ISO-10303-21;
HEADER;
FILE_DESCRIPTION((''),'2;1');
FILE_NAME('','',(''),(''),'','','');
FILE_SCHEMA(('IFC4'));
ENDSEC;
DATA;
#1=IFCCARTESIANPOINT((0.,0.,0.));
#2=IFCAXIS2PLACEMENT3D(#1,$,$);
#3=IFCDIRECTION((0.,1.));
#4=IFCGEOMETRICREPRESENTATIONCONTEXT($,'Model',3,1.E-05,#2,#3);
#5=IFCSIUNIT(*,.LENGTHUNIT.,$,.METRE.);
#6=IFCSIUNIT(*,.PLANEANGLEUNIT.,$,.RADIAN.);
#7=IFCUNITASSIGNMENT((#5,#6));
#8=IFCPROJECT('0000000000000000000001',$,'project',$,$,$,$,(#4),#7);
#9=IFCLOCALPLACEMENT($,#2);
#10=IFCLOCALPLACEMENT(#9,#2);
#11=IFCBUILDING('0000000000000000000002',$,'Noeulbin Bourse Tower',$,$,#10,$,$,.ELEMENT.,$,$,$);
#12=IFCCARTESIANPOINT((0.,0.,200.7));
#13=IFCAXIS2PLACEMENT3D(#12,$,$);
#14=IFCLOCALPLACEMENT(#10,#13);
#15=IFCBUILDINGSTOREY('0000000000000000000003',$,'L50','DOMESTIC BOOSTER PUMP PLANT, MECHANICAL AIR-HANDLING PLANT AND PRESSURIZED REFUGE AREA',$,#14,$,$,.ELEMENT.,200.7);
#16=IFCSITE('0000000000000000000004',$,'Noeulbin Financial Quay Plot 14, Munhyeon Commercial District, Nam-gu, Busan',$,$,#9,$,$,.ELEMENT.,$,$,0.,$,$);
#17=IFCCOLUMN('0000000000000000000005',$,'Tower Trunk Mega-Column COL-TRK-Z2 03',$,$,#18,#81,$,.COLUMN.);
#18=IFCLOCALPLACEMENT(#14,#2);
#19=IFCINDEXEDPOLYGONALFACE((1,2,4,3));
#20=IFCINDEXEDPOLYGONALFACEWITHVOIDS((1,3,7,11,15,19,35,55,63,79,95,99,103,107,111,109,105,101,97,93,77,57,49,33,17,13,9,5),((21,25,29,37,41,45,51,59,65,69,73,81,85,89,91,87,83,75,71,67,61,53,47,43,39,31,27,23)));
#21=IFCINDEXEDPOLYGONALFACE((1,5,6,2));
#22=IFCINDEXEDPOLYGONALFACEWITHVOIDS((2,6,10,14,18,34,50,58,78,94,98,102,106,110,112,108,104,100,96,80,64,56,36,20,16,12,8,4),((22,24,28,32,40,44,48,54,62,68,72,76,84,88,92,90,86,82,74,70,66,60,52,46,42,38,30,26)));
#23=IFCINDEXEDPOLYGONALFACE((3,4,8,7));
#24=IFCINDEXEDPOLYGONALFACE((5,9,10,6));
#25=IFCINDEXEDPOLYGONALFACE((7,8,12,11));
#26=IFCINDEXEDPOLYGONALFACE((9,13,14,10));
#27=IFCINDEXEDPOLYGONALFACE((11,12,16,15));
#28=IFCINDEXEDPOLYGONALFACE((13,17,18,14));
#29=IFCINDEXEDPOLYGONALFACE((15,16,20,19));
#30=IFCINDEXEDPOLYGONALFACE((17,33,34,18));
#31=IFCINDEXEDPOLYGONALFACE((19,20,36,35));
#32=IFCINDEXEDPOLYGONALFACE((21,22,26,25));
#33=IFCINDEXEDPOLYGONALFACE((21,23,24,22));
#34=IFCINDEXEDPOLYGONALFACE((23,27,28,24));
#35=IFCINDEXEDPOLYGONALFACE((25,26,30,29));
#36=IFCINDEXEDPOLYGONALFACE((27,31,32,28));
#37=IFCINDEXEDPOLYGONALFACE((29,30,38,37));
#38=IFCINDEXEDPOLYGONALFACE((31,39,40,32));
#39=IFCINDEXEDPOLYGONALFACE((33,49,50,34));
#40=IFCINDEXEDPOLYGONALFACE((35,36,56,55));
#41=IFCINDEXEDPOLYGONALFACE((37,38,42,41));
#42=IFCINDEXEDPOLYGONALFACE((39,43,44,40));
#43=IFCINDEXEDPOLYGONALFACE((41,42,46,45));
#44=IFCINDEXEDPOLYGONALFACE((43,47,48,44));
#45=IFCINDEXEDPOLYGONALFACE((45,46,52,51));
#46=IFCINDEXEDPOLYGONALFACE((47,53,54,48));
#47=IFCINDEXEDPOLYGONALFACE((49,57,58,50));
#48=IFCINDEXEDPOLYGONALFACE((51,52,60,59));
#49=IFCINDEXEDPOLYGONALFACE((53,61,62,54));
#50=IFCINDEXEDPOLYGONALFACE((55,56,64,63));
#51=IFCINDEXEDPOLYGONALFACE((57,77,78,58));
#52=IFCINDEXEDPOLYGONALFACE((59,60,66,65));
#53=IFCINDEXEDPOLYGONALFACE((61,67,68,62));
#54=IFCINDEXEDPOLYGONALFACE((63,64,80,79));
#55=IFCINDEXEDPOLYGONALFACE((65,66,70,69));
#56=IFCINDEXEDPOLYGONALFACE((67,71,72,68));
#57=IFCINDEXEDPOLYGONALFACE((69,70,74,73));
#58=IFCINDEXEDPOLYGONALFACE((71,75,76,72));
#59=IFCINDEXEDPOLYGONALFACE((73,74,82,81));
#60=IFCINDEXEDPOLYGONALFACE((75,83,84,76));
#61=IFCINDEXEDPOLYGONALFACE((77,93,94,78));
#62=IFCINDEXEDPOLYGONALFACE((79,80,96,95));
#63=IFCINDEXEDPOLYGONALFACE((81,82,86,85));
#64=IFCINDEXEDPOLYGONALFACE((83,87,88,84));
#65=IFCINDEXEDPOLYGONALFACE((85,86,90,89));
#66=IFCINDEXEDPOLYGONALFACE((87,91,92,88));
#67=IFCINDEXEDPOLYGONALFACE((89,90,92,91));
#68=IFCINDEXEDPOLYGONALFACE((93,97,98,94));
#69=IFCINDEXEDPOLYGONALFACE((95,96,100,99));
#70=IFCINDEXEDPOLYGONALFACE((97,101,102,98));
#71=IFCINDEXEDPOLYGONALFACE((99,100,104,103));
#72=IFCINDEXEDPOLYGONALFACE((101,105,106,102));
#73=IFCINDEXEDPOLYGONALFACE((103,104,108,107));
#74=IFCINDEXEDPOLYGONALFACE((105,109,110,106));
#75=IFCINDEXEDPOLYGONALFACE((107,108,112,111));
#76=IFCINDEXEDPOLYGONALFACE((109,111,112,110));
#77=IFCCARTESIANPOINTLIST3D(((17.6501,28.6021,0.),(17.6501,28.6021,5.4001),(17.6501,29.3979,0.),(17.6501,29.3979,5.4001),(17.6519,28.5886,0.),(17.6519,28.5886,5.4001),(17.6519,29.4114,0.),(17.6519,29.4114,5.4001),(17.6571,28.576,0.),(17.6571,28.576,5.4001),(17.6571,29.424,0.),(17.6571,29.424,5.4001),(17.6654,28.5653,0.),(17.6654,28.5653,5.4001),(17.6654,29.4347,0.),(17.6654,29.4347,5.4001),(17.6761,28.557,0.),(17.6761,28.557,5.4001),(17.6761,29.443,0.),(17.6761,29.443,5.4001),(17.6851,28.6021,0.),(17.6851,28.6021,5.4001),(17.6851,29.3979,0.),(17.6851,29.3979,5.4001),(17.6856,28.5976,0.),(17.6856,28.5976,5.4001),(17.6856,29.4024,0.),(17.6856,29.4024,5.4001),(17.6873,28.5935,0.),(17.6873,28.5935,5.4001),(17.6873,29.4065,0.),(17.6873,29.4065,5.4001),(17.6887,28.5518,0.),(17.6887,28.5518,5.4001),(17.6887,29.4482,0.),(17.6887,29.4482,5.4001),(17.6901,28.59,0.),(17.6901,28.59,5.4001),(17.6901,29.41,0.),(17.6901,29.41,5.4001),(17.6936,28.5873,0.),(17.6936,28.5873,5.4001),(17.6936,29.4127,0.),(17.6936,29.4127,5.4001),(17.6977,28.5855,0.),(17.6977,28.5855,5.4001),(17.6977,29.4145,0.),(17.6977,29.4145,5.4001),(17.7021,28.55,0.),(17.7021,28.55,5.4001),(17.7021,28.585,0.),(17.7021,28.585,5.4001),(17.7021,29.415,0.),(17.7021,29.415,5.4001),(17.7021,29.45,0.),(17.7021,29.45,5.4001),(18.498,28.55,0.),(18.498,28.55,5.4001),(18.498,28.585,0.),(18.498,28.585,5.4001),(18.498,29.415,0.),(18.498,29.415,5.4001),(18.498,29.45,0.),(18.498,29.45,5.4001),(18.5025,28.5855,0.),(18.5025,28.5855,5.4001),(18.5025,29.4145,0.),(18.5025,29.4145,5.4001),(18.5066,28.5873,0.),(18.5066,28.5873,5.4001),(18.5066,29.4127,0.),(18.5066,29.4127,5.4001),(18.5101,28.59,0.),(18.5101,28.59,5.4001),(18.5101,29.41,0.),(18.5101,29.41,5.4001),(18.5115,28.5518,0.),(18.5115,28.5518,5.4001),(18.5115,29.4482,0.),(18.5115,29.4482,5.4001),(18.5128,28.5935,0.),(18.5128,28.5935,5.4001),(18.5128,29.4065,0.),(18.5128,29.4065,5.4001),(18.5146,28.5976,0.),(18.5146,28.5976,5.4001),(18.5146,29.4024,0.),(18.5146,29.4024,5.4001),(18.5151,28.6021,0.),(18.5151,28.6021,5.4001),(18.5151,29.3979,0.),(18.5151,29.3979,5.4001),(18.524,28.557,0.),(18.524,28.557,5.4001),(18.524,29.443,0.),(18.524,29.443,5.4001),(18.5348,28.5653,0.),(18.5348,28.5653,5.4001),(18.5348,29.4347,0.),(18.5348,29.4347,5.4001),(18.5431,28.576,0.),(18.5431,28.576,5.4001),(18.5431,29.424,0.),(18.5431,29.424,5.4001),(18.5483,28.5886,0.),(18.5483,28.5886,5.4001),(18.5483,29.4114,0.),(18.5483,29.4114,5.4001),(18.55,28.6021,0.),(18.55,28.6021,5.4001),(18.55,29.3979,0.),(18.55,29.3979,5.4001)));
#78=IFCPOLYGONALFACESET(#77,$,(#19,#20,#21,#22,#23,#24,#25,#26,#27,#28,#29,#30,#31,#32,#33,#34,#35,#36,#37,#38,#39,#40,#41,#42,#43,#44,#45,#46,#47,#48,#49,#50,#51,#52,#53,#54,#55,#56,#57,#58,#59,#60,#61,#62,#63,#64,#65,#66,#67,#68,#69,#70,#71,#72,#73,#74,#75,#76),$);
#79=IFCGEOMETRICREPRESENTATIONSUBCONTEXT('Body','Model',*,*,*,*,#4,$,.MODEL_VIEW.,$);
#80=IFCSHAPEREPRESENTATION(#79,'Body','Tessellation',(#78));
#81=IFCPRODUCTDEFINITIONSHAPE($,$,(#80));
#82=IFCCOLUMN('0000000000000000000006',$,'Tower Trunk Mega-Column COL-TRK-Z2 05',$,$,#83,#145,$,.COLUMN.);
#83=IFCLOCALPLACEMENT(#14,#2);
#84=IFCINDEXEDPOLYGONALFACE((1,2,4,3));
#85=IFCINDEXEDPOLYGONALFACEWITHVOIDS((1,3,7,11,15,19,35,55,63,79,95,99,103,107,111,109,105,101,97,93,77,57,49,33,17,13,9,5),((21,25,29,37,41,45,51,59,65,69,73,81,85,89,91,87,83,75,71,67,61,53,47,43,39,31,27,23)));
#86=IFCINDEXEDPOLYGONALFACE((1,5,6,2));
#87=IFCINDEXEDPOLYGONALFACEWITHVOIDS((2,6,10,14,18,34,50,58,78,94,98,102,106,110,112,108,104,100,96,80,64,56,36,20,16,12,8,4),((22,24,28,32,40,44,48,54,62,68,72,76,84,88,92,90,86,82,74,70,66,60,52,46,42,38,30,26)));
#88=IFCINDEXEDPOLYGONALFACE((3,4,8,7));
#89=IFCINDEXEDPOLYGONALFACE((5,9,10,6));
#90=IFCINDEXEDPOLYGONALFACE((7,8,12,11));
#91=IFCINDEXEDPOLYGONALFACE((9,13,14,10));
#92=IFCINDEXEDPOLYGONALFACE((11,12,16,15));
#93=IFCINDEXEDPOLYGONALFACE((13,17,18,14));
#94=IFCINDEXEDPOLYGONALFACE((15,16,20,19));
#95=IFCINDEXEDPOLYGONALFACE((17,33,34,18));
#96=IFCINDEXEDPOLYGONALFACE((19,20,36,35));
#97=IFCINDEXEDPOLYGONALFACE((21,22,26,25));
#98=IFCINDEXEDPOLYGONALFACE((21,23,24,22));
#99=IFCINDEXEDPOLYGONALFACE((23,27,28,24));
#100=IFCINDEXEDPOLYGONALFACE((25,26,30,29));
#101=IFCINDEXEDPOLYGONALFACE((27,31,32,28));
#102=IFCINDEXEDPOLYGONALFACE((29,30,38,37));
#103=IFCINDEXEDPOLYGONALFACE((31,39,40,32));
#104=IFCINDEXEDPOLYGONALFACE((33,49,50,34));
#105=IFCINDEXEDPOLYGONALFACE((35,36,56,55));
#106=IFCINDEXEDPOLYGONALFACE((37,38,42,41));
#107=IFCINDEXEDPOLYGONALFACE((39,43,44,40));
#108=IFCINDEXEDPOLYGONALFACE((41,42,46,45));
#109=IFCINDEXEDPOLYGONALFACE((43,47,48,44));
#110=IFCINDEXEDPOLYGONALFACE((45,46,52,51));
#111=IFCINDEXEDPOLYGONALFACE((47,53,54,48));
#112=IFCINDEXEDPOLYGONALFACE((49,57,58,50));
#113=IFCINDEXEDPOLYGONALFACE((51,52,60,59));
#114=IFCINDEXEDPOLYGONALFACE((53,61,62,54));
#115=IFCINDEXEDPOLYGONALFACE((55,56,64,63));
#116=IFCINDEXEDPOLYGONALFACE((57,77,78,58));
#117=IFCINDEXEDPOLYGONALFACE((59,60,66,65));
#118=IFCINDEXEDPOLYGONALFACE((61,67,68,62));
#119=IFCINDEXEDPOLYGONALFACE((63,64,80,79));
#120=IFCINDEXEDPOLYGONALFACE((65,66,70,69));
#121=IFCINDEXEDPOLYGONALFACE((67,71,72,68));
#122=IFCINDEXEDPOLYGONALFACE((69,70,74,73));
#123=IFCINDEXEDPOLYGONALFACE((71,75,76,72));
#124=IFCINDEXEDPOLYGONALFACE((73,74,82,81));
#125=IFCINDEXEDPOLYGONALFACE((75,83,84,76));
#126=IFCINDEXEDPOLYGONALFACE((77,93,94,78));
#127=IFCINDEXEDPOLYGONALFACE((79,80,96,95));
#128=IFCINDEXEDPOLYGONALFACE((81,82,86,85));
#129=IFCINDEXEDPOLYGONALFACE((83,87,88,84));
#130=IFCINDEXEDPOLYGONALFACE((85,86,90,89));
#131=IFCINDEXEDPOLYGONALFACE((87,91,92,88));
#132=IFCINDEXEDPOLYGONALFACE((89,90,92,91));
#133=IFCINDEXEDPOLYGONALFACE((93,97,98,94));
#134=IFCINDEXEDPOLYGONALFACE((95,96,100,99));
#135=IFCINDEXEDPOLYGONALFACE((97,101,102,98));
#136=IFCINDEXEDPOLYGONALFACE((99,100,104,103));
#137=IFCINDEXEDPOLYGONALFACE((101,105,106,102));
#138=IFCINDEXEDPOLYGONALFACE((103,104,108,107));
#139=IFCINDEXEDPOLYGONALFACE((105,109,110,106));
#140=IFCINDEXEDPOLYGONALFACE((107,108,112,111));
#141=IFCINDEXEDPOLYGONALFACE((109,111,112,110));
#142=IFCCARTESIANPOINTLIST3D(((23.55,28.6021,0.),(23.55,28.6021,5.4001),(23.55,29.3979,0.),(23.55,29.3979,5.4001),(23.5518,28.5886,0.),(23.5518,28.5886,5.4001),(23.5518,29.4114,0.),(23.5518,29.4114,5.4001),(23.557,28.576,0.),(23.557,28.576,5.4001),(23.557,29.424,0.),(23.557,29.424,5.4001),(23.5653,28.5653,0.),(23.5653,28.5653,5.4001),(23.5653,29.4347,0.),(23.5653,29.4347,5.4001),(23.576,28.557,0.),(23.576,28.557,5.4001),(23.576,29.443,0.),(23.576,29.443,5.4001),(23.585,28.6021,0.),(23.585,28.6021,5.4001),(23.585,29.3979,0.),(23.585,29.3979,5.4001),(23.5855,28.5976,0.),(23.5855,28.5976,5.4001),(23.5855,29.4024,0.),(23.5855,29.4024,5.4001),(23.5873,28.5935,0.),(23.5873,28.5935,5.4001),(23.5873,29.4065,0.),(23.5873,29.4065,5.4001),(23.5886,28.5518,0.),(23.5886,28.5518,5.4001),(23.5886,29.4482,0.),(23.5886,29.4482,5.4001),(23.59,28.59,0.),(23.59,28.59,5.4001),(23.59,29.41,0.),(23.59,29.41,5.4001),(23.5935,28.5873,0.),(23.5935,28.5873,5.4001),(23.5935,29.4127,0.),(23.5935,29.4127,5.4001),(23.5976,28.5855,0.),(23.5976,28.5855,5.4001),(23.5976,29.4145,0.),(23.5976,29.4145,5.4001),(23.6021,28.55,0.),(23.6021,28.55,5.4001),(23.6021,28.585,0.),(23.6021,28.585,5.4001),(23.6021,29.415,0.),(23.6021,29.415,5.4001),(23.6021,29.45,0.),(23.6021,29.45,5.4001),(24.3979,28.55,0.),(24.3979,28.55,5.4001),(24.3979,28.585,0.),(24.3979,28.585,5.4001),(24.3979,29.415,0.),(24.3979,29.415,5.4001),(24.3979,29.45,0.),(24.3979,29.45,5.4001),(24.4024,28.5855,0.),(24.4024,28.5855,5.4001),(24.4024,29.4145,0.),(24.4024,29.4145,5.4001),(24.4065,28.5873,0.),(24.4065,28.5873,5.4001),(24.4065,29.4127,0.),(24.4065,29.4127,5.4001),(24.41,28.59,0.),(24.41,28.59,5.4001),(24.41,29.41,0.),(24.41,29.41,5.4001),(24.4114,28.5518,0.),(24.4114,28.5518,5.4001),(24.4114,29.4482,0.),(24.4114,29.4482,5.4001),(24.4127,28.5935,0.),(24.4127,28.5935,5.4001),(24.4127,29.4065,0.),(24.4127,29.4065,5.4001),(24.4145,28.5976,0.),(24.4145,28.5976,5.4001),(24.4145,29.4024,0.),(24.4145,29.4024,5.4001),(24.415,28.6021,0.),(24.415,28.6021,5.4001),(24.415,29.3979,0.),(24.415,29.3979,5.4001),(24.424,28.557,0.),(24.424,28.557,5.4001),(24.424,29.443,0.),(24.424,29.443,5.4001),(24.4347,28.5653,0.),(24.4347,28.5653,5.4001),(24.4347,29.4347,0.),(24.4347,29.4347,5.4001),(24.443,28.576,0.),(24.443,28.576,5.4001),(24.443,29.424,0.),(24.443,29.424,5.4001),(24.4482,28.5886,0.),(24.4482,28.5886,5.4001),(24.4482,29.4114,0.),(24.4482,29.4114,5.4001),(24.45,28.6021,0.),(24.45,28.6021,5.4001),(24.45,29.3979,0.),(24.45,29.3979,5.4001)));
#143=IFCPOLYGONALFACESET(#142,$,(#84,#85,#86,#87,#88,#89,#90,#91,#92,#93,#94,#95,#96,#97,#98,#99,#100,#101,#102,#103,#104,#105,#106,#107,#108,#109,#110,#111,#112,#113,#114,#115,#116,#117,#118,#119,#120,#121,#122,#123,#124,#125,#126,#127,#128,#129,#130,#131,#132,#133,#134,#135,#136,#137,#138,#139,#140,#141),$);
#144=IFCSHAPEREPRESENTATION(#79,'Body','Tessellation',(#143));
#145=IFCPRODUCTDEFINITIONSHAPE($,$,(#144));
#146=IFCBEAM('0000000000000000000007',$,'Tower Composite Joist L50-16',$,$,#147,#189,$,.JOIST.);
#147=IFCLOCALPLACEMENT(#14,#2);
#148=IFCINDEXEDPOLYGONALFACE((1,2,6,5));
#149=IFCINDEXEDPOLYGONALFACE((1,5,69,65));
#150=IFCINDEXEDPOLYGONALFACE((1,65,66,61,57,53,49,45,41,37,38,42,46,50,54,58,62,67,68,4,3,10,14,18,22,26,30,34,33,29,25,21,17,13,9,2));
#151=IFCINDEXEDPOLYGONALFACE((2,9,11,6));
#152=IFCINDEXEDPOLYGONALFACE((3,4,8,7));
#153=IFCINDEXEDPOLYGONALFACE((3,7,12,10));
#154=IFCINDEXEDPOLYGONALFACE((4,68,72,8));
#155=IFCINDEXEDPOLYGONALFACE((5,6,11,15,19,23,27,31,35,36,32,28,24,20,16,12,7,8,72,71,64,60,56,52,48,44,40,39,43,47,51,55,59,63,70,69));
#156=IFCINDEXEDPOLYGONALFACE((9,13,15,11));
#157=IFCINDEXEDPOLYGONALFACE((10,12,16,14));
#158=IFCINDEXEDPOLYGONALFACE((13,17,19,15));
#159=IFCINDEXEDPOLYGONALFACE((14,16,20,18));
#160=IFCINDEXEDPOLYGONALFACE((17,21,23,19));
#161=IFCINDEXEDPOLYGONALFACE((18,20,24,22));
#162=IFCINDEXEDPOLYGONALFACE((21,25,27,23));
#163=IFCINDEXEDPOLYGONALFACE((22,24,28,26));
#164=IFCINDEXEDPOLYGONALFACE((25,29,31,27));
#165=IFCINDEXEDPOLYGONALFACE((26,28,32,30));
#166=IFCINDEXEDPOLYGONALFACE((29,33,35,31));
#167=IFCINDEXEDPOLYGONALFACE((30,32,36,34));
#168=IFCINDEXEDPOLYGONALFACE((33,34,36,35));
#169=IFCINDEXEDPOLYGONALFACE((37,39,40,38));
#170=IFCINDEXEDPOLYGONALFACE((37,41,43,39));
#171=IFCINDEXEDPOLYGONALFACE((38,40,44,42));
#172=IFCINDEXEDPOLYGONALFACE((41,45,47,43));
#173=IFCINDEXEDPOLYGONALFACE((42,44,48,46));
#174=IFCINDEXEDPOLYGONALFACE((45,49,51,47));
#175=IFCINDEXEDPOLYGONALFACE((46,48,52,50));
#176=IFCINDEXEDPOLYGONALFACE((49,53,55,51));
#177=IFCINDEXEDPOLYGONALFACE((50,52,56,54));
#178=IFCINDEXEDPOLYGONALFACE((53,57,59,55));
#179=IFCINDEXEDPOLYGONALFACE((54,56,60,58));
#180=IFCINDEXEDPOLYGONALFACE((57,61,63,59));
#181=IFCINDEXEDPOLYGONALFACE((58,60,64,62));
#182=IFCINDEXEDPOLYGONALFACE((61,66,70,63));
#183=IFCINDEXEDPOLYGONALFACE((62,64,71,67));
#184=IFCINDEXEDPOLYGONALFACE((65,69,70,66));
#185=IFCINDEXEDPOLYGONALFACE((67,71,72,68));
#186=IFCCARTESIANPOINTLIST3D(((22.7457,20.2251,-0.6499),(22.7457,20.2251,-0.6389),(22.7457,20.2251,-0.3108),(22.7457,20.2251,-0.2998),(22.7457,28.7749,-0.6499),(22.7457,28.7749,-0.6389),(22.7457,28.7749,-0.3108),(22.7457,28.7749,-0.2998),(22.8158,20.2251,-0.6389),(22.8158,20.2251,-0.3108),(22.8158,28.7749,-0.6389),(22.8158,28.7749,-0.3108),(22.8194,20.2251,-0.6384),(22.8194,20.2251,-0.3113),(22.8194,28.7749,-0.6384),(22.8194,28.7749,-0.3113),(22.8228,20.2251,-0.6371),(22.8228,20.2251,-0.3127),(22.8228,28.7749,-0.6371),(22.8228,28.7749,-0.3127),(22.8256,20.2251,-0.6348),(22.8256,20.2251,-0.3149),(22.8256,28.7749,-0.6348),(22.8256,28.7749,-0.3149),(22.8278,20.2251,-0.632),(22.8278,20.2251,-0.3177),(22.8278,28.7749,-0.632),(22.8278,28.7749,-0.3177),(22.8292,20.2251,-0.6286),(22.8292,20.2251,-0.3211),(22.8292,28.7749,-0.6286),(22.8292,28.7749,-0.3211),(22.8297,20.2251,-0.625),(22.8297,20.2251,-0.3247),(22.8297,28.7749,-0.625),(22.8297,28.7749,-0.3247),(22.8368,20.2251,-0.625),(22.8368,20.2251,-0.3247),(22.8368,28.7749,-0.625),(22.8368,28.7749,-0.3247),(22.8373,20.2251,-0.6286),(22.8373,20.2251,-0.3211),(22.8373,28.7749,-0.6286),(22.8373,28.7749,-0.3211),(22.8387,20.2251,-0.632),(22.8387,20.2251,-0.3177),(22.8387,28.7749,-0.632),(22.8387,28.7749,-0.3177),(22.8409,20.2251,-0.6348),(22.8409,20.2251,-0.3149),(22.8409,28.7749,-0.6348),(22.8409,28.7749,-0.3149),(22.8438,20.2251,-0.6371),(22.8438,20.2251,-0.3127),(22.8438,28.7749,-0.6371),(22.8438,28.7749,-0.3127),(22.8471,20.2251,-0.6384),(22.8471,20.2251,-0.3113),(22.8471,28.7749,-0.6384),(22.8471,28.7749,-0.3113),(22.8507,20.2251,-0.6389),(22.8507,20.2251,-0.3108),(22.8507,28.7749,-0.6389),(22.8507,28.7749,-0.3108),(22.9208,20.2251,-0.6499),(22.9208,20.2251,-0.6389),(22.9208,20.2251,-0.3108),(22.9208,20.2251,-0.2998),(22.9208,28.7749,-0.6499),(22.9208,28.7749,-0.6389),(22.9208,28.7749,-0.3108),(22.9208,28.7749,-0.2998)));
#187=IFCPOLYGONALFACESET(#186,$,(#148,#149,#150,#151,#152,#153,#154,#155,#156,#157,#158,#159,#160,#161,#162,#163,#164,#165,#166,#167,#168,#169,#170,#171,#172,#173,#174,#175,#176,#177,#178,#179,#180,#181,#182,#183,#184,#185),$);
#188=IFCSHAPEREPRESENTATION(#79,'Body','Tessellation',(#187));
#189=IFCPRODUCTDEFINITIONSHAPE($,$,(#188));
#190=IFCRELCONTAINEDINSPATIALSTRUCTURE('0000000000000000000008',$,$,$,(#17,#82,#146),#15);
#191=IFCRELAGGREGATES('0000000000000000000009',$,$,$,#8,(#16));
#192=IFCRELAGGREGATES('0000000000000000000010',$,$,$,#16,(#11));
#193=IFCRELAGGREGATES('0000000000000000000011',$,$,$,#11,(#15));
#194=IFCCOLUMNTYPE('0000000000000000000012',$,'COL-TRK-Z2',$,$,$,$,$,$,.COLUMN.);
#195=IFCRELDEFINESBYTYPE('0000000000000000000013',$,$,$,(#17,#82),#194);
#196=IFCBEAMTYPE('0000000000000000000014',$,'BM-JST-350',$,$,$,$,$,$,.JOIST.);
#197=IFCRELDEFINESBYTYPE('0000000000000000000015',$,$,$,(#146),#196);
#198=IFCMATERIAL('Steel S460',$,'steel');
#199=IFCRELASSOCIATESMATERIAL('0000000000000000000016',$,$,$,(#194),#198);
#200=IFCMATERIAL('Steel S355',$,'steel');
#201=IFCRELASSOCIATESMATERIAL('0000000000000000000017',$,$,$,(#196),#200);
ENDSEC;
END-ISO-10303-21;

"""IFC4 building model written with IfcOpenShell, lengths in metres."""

from ifc_helpers import new_model, si_unit, direction, frame, origin, origin_2d, place, context, subcontext, project, spatial, hollow_rectangle, i_section, extrude, material, material_profile, profile_set, type_object, element, save


model = new_model("IFC4")

# Units and contexts
model_context = context("Model", 3, precision=1e-05, world=origin(), true_north=direction((0.0, 1.0)))
body_context = subcontext(model_context, "Body", "Model", "MODEL_VIEW")
ifc_project = project(units=[si_unit("LENGTHUNIT", "METRE"), si_unit("PLANEANGLEUNIT", "RADIAN")], contexts=[model_context])

# Site, building, storey
site_placement = place(None, origin())
site = spatial("IfcSite", under=ifc_project, at=site_placement, Name="Noeulbin Financial Quay Plot 14, Munhyeon Commercial District, Nam-gu, Busan", CompositionType="ELEMENT", RefElevation=0.0)
building_placement = place(site_placement, origin())
building = spatial("IfcBuilding", under=site, at=building_placement, Name="Noeulbin Bourse Tower", CompositionType="ELEMENT")
storey_placement = place(building_placement, frame((0.0, 0.0, 200.7)))
storey = spatial("IfcBuildingStorey", under=building, at=storey_placement, Name="L50", Description="DOMESTIC BOOSTER PUMP PLANT, MECHANICAL AIR-HANDLING PLANT AND PRESSURIZED REFUGE AREA", CompositionType="ELEMENT", Elevation=200.7)

# Columns
ifc_material_1 = material(Name="Steel S460", Category="steel")
ifc_material_profile_1 = material_profile(ifc_material_1, hollow_rectangle(XDim=0.8999, YDim=0.8999, WallThickness=0.0349, InnerFilletRadius=0.0171, OuterFilletRadius=0.052, at=origin_2d()), Name="BOX-900x900x35", Category="LoadBearing")
ifc_profile_set_1 = profile_set([ifc_material_profile_1], Name="Steel S460")
column_type = type_object("IfcColumnType", Name="COL-TRK-Z2", PredefinedType="COLUMN", material=ifc_profile_set_1)
for number, where, z_axis, x_axis, name in (
    (1, (18.1001, 29.0, 0.0), (0.0, 0.0, 1.0), (1.0, 0.0, 0.0), "Tower Trunk Mega-Column COL-TRK-Z2 03"),
    (2, (24.0, 29.0, 0.0), (0.0, 0.0, 1.0), (1.0, 0.0, 0.0), "Tower Trunk Mega-Column COL-TRK-Z2 05"),
):
    element("IfcColumn", number, at=place(storey_placement, frame(where, z_axis=z_axis, x_axis=x_axis)), inside=storey, type_object=column_type, Name=name, PredefinedType="COLUMN", context=body_context, shape_type="SweptSolid", body=[
        extrude(hollow_rectangle(XDim=0.8999, YDim=0.8999, WallThickness=0.0349, InnerFilletRadius=0.0171, OuterFilletRadius=0.052, at=origin_2d()), origin(), (0.0, 0.0, 1.0), 5.4001),
    ])

# Beam
ifc_material_2 = material(Name="Steel S355", Category="steel")
ifc_material_profile_2 = material_profile(ifc_material_2, i_section(OverallWidth=0.175, OverallDepth=0.3501, WebThickness=0.0071, FlangeThickness=0.011, FilletRadius=0.0139, at=origin_2d()), Name="H-350x175x7x11", Category="LoadBearing")
ifc_profile_set_2 = profile_set([ifc_material_profile_2], Name="Steel S355")
beam_type_1 = type_object("IfcBeamType", Name="BM-JST-350", PredefinedType="JOIST", material=ifc_profile_set_2)
for number, where, z_axis, x_axis, name in (
    (3, (22.8333, 20.2251, -0.4749), (0.0, 1.0, 0.0), (-1.0, 0.0, 0.0), "Tower Composite Joist L50-16"),
):
    element("IfcBeam", number, at=place(storey_placement, frame(where, z_axis=z_axis, x_axis=x_axis)), inside=storey, type_object=beam_type_1, Name=name, PredefinedType="JOIST", context=body_context, shape_type="SweptSolid", body=[
        extrude(i_section(OverallWidth=0.175, OverallDepth=0.3501, WebThickness=0.0071, FlangeThickness=0.011, FilletRadius=0.0139, at=origin_2d()), origin(), (0.0, 0.0, 1.0), 8.5498),
    ])

save(model, "model.ifc")
